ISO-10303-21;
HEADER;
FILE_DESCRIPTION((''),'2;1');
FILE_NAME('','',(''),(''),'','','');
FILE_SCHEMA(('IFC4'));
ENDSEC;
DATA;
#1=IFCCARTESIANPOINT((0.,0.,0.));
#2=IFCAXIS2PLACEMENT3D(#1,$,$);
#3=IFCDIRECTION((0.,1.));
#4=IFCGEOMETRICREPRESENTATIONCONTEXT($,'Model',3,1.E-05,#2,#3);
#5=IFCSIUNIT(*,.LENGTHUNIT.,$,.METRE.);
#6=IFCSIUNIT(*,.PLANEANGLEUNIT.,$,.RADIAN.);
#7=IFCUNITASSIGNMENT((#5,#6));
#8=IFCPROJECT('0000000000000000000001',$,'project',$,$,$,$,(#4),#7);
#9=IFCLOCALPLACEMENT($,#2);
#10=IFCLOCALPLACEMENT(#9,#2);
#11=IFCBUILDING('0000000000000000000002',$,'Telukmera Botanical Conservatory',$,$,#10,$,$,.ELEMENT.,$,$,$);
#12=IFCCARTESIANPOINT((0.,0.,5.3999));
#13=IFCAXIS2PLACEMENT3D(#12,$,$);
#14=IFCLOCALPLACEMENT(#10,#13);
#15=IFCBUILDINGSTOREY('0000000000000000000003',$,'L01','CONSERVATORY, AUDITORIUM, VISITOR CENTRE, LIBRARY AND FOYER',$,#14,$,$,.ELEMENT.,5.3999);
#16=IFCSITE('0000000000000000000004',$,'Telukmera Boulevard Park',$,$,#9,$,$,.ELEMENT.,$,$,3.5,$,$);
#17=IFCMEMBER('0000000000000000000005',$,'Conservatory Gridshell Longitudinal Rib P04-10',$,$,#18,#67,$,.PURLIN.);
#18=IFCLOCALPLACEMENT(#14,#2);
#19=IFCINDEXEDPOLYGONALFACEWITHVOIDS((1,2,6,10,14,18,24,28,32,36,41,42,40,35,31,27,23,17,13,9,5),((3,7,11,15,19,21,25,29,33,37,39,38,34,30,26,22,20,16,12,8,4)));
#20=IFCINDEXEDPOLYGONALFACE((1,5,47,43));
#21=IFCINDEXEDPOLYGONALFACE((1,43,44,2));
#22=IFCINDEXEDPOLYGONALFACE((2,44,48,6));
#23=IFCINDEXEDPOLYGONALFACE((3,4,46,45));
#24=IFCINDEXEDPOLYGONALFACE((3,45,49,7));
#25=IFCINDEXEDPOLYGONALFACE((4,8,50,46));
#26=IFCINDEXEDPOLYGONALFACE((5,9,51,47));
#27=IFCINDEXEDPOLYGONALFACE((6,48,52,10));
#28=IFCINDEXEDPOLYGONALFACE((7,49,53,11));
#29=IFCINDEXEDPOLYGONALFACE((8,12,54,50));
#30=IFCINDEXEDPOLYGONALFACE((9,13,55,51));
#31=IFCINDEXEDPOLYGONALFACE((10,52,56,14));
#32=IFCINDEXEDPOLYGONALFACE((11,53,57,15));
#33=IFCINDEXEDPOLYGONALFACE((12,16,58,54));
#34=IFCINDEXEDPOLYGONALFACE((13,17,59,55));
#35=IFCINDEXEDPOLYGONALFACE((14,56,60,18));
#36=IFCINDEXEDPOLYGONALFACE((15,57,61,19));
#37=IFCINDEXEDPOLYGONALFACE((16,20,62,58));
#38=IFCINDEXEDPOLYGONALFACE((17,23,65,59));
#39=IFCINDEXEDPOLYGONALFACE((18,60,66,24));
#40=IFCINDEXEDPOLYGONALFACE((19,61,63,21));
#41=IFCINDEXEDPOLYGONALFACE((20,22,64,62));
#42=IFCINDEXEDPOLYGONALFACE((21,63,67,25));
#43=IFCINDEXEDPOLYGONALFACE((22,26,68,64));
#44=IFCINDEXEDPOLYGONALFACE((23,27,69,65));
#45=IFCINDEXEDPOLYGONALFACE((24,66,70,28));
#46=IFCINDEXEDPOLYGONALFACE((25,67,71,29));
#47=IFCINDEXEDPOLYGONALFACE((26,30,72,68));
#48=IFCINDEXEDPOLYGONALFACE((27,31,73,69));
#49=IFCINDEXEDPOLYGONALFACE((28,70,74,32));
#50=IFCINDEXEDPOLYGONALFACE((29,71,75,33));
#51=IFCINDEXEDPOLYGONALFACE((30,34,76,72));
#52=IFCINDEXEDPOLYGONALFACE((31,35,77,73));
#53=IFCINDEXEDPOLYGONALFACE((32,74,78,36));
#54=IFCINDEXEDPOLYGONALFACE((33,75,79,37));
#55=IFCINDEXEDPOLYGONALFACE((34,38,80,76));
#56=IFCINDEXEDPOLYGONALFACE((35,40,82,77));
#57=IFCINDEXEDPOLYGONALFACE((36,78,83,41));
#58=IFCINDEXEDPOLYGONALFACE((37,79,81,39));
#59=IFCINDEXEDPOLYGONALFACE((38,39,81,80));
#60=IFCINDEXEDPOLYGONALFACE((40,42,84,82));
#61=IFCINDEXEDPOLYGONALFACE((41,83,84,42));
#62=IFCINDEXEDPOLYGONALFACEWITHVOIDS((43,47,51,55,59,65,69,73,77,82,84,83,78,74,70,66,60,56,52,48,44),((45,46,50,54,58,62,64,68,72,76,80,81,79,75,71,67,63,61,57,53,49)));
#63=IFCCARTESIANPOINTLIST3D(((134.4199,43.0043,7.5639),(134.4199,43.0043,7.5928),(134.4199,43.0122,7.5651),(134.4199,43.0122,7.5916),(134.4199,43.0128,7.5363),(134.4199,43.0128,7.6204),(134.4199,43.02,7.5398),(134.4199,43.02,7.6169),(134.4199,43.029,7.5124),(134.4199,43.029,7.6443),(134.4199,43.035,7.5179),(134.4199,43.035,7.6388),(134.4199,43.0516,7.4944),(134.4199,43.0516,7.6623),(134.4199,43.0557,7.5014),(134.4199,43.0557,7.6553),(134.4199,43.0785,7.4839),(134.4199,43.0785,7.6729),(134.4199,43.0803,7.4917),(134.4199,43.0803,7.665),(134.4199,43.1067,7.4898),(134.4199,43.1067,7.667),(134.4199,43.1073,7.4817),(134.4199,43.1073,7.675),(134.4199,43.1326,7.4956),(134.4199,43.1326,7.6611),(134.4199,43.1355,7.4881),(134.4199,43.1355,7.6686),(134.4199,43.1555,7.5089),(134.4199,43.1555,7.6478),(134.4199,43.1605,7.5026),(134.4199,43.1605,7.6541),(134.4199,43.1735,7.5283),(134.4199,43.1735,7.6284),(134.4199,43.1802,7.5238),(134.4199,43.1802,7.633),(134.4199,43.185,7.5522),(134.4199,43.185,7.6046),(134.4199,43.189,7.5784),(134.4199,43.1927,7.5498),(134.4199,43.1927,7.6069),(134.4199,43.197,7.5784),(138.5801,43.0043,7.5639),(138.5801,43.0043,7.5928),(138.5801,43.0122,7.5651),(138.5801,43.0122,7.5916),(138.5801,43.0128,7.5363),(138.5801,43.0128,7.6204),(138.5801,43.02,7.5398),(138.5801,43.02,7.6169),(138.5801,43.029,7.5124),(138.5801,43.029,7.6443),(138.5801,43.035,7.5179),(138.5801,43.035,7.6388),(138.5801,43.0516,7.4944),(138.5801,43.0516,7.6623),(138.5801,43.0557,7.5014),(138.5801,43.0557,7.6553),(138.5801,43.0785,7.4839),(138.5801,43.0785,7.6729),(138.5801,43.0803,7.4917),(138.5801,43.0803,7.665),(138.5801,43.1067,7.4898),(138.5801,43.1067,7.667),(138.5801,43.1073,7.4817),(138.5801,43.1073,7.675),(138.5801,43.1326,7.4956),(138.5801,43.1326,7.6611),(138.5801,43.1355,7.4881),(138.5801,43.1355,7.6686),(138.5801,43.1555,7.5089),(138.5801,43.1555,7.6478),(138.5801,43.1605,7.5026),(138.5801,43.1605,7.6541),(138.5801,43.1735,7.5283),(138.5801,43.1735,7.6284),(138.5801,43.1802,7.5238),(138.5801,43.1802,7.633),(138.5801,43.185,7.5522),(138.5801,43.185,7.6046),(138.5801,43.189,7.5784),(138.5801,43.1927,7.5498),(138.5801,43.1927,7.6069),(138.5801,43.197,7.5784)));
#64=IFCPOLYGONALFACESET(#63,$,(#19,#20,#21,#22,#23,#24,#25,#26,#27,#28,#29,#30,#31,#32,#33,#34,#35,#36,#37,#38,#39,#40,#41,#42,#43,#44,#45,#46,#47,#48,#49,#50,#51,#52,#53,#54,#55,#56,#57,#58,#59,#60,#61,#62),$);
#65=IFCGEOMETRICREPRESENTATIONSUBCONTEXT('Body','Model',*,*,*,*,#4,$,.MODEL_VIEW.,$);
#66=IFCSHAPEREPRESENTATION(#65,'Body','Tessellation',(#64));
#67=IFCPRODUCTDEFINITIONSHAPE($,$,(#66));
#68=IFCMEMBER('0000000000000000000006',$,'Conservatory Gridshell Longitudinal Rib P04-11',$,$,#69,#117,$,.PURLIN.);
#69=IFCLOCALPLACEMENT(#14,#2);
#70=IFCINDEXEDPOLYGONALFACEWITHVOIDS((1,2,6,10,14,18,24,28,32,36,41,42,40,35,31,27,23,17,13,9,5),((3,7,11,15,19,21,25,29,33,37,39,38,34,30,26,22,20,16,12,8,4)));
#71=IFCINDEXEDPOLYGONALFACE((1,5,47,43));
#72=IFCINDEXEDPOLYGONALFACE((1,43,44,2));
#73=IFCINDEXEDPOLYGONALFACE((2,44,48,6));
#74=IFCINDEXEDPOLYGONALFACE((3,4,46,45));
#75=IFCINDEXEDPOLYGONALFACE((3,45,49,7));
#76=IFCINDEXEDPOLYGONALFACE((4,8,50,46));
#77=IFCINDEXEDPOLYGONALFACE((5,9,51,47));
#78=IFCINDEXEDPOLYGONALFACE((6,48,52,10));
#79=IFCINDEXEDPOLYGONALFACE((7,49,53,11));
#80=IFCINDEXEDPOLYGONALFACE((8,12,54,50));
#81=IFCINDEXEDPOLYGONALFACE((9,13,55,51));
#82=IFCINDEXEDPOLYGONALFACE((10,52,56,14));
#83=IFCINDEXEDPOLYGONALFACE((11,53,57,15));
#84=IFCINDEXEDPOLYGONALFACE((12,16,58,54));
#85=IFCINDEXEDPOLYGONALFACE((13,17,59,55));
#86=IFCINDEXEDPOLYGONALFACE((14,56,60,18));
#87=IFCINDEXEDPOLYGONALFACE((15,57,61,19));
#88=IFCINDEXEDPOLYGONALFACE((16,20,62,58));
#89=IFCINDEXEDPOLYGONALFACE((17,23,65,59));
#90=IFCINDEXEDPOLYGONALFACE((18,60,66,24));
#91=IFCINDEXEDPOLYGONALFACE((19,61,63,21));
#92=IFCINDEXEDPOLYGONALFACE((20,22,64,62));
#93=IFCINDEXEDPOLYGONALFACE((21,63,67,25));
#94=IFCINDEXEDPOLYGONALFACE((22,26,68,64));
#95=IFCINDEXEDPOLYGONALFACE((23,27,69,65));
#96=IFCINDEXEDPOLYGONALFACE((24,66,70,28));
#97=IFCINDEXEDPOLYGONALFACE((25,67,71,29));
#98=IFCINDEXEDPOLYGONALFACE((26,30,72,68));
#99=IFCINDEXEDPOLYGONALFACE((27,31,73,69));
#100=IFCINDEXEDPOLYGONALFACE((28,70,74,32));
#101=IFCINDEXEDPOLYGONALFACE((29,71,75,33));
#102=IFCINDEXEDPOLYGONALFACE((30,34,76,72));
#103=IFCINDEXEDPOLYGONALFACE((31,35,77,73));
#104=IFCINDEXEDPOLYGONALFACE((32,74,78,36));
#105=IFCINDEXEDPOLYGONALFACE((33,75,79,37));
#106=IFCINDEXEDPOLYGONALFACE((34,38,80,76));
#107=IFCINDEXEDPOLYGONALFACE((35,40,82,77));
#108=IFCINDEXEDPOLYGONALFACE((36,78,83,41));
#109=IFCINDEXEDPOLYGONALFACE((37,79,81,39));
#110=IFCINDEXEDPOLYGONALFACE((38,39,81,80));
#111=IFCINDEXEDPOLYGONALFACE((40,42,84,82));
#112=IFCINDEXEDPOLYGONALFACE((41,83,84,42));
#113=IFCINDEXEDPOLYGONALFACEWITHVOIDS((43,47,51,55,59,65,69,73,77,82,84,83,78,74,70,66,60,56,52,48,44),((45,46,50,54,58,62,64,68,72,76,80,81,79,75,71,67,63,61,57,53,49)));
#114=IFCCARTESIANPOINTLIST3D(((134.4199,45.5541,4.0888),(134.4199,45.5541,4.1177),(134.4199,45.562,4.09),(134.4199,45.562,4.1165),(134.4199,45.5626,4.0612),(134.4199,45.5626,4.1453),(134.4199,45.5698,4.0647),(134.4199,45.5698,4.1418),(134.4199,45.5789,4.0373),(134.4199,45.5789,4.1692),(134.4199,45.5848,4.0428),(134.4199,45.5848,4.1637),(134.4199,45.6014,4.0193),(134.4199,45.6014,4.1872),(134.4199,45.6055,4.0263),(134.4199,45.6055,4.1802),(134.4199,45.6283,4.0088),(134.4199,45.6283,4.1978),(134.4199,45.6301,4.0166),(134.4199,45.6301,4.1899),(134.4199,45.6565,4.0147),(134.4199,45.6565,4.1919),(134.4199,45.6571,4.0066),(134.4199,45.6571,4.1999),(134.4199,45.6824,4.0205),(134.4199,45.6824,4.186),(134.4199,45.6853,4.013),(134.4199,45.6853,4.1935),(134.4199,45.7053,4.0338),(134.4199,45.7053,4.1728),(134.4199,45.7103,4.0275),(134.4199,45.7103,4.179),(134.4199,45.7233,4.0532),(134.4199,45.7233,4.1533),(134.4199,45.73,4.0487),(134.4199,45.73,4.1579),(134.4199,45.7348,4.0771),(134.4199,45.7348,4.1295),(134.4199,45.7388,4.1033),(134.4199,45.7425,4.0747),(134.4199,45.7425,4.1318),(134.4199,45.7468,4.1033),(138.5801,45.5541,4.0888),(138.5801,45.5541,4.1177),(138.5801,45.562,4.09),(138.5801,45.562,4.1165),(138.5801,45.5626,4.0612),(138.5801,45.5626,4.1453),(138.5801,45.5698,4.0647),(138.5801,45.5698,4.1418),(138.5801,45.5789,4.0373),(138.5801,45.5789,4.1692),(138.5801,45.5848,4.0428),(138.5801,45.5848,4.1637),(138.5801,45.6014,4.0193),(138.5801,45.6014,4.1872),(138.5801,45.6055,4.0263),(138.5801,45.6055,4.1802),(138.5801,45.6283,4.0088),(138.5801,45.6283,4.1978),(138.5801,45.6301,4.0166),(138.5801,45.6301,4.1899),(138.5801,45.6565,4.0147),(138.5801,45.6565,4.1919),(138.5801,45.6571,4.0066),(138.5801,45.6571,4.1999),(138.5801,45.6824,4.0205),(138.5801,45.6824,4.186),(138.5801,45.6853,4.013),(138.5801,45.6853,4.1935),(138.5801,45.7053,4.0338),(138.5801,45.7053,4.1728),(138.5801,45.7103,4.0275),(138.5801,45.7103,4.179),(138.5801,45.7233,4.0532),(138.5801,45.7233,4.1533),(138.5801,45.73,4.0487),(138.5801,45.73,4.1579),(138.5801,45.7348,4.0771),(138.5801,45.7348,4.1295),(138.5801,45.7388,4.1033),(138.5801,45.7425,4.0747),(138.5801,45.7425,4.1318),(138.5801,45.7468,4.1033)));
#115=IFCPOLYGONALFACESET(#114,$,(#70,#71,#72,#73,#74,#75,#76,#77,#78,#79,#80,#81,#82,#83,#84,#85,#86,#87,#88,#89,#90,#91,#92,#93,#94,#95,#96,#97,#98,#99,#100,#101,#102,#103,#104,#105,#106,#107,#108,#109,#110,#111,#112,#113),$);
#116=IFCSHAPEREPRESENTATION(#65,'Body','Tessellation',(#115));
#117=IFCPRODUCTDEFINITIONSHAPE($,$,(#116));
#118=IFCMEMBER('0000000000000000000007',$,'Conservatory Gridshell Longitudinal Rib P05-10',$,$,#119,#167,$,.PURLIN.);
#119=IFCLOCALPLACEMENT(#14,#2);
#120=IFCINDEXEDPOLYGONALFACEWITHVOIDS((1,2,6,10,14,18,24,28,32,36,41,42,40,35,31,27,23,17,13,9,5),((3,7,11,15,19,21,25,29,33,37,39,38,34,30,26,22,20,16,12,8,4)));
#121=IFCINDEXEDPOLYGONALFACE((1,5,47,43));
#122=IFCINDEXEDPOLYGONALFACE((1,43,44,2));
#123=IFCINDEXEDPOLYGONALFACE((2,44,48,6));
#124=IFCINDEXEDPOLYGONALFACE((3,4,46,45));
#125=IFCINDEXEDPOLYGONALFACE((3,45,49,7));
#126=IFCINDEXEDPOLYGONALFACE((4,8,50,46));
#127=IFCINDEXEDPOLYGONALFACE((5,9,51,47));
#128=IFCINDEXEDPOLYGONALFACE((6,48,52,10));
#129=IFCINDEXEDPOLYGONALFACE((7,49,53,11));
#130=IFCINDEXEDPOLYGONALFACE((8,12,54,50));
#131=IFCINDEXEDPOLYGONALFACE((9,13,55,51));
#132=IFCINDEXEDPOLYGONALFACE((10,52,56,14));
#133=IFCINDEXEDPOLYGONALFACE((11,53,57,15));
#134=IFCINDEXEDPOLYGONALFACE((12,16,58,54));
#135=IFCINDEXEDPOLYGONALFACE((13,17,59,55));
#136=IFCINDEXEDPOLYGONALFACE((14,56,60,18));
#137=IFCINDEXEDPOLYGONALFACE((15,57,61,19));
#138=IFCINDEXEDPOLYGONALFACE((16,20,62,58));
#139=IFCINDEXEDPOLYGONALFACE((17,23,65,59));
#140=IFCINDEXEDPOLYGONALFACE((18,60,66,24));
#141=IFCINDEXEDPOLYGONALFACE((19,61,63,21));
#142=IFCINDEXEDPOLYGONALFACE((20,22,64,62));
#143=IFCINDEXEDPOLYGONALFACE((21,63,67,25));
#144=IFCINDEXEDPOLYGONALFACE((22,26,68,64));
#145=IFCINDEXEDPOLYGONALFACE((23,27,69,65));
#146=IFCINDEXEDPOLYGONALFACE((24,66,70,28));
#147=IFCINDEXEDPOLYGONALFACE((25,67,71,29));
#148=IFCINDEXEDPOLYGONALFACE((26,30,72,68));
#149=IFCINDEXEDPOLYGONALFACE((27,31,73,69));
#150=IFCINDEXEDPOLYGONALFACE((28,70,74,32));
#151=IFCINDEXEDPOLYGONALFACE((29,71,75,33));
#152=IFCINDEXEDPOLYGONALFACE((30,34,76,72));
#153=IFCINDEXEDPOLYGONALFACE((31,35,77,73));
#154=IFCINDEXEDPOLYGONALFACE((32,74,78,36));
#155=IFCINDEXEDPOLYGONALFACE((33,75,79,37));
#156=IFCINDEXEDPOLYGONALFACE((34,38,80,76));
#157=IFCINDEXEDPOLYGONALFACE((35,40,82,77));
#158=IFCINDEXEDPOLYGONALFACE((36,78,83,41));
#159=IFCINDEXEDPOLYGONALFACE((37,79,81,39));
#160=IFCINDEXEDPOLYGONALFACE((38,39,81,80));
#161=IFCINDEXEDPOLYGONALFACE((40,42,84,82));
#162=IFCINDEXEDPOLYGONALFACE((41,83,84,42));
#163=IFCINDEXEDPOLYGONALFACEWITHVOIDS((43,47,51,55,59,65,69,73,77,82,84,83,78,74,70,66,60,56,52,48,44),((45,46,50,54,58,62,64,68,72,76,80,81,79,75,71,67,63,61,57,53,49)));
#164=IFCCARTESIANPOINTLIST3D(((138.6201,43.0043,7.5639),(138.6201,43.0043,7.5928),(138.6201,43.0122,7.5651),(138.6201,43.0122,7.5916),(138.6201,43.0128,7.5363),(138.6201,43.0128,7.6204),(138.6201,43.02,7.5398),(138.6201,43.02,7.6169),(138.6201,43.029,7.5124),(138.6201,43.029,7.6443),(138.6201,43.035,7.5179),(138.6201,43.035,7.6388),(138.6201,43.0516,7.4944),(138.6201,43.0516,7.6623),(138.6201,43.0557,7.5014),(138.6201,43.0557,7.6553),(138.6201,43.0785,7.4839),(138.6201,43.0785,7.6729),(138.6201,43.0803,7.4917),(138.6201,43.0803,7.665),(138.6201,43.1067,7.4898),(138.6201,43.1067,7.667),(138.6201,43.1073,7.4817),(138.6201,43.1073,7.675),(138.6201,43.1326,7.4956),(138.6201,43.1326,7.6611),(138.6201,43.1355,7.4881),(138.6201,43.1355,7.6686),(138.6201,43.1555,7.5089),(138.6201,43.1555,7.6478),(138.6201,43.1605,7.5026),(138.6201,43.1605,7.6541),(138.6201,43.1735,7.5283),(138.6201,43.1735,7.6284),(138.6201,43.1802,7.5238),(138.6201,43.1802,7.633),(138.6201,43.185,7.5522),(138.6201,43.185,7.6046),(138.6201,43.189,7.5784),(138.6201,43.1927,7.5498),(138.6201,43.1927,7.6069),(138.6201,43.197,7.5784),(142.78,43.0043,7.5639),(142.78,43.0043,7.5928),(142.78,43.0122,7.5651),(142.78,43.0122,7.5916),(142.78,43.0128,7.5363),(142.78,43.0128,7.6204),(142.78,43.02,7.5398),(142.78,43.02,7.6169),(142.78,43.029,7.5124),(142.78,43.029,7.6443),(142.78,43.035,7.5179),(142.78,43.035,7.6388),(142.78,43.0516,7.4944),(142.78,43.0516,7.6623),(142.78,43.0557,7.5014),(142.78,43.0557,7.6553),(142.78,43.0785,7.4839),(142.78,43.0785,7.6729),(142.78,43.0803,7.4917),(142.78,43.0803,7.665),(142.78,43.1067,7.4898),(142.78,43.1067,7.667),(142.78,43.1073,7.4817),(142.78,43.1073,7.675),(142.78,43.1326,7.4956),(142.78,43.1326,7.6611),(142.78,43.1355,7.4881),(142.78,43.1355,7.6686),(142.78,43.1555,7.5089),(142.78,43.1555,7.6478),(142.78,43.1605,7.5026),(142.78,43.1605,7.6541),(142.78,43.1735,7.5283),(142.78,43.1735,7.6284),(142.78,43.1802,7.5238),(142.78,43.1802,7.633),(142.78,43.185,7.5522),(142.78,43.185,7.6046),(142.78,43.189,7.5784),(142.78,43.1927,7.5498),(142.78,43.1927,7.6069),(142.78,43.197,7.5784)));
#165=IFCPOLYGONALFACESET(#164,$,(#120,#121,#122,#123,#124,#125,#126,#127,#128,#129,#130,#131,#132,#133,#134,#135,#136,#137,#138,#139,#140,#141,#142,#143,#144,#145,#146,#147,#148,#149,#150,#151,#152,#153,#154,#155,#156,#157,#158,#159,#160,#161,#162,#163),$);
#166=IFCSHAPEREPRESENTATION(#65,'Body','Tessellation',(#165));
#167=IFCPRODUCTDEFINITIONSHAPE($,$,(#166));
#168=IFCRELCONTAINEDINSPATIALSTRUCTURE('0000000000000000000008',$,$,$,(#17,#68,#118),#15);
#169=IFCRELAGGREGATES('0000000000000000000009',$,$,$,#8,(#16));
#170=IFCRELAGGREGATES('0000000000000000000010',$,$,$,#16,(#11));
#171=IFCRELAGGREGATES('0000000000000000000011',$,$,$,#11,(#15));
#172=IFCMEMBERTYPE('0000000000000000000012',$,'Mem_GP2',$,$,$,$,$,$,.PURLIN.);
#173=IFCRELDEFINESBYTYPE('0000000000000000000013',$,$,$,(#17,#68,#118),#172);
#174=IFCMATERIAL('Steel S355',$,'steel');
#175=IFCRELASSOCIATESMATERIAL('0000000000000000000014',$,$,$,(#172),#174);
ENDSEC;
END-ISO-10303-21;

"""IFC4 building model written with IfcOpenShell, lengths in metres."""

from ifc_helpers import new_model, si_unit, direction, frame, origin, origin_2d, place, context, subcontext, project, spatial, hollow_circle, extrude, material, material_profile, profile_set, type_object, element, save


model = new_model("IFC4")

# Units and contexts
model_context = context("Model", 3, precision=1e-05, world=origin(), true_north=direction((0.0, 1.0)))
body_context = subcontext(model_context, "Body", "Model", "MODEL_VIEW")
ifc_project = project(units=[si_unit("LENGTHUNIT", "METRE"), si_unit("PLANEANGLEUNIT", "RADIAN")], contexts=[model_context])

# Site, building, storey
site_placement = place(None, origin())
site = spatial("IfcSite", under=ifc_project, at=site_placement, Name="Telukmera Boulevard Park", CompositionType="ELEMENT", RefElevation=3.5)
building_placement = place(site_placement, origin())
building = spatial("IfcBuilding", under=site, at=building_placement, Name="Telukmera Botanical Conservatory", CompositionType="ELEMENT")
storey_placement = place(building_placement, frame((0.0, 0.0, 5.3999)))
storey = spatial("IfcBuildingStorey", under=building, at=storey_placement, Name="L01", Description="CONSERVATORY, AUDITORIUM, VISITOR CENTRE, LIBRARY AND FOYER", CompositionType="ELEMENT", Elevation=5.3999)

# Shared definitions
ifc_material_1 = material(Name="Steel S355", Category="steel")

# Members
ifc_material_profile_1 = material_profile(ifc_material_1, hollow_circle(Radius=0.0969, WallThickness=0.0081, at=origin_2d()), Name="CHS 193.7x8.0")
ifc_profile_set_1 = profile_set([ifc_material_profile_1], Name="Steel S355")
member_type_1 = type_object("IfcMemberType", Name="Mem_GP2", PredefinedType="PURLIN", material=ifc_profile_set_1)
for number, where, z_axis, x_axis, name in (
    (1, (134.4199, 43.1001, 7.5784), (1.0, 0.0, 0.0), (0.0, 1.0, 0.0), "Conservatory Gridshell Longitudinal Rib P04-10"),
    (2, (134.4199, 45.6499, 4.1033), (1.0, 0.0, 0.0), (0.0, 1.0, 0.0), "Conservatory Gridshell Longitudinal Rib P04-11"),
):
    element("IfcMember", number, at=place(storey_placement, frame(where, z_axis=z_axis, x_axis=x_axis)), inside=storey, type_object=member_type_1, Name=name, PredefinedType="PURLIN", context=body_context, shape_type="SweptSolid", body=[
        extrude(hollow_circle(Radius=0.0969, WallThickness=0.0081, at=origin_2d()), origin(), (0.0, 0.0, 1.0), 4.1602),
    ])
for number, where, z_axis, x_axis, name in (
    (3, (138.6201, 43.1001, 7.5784), (1.0, 0.0, 0.0), (0.0, 1.0, 0.0), "Conservatory Gridshell Longitudinal Rib P05-10"),
):
    element("IfcMember", number, at=place(storey_placement, frame(where, z_axis=z_axis, x_axis=x_axis)), inside=storey, type_object=member_type_1, Name=name, PredefinedType="PURLIN", context=body_context, shape_type="SweptSolid", body=[
        extrude(hollow_circle(Radius=0.0969, WallThickness=0.0081, at=origin_2d()), origin(), (0.0, 0.0, 1.0), 4.1599),
    ])

save(model, "model.ifc")
